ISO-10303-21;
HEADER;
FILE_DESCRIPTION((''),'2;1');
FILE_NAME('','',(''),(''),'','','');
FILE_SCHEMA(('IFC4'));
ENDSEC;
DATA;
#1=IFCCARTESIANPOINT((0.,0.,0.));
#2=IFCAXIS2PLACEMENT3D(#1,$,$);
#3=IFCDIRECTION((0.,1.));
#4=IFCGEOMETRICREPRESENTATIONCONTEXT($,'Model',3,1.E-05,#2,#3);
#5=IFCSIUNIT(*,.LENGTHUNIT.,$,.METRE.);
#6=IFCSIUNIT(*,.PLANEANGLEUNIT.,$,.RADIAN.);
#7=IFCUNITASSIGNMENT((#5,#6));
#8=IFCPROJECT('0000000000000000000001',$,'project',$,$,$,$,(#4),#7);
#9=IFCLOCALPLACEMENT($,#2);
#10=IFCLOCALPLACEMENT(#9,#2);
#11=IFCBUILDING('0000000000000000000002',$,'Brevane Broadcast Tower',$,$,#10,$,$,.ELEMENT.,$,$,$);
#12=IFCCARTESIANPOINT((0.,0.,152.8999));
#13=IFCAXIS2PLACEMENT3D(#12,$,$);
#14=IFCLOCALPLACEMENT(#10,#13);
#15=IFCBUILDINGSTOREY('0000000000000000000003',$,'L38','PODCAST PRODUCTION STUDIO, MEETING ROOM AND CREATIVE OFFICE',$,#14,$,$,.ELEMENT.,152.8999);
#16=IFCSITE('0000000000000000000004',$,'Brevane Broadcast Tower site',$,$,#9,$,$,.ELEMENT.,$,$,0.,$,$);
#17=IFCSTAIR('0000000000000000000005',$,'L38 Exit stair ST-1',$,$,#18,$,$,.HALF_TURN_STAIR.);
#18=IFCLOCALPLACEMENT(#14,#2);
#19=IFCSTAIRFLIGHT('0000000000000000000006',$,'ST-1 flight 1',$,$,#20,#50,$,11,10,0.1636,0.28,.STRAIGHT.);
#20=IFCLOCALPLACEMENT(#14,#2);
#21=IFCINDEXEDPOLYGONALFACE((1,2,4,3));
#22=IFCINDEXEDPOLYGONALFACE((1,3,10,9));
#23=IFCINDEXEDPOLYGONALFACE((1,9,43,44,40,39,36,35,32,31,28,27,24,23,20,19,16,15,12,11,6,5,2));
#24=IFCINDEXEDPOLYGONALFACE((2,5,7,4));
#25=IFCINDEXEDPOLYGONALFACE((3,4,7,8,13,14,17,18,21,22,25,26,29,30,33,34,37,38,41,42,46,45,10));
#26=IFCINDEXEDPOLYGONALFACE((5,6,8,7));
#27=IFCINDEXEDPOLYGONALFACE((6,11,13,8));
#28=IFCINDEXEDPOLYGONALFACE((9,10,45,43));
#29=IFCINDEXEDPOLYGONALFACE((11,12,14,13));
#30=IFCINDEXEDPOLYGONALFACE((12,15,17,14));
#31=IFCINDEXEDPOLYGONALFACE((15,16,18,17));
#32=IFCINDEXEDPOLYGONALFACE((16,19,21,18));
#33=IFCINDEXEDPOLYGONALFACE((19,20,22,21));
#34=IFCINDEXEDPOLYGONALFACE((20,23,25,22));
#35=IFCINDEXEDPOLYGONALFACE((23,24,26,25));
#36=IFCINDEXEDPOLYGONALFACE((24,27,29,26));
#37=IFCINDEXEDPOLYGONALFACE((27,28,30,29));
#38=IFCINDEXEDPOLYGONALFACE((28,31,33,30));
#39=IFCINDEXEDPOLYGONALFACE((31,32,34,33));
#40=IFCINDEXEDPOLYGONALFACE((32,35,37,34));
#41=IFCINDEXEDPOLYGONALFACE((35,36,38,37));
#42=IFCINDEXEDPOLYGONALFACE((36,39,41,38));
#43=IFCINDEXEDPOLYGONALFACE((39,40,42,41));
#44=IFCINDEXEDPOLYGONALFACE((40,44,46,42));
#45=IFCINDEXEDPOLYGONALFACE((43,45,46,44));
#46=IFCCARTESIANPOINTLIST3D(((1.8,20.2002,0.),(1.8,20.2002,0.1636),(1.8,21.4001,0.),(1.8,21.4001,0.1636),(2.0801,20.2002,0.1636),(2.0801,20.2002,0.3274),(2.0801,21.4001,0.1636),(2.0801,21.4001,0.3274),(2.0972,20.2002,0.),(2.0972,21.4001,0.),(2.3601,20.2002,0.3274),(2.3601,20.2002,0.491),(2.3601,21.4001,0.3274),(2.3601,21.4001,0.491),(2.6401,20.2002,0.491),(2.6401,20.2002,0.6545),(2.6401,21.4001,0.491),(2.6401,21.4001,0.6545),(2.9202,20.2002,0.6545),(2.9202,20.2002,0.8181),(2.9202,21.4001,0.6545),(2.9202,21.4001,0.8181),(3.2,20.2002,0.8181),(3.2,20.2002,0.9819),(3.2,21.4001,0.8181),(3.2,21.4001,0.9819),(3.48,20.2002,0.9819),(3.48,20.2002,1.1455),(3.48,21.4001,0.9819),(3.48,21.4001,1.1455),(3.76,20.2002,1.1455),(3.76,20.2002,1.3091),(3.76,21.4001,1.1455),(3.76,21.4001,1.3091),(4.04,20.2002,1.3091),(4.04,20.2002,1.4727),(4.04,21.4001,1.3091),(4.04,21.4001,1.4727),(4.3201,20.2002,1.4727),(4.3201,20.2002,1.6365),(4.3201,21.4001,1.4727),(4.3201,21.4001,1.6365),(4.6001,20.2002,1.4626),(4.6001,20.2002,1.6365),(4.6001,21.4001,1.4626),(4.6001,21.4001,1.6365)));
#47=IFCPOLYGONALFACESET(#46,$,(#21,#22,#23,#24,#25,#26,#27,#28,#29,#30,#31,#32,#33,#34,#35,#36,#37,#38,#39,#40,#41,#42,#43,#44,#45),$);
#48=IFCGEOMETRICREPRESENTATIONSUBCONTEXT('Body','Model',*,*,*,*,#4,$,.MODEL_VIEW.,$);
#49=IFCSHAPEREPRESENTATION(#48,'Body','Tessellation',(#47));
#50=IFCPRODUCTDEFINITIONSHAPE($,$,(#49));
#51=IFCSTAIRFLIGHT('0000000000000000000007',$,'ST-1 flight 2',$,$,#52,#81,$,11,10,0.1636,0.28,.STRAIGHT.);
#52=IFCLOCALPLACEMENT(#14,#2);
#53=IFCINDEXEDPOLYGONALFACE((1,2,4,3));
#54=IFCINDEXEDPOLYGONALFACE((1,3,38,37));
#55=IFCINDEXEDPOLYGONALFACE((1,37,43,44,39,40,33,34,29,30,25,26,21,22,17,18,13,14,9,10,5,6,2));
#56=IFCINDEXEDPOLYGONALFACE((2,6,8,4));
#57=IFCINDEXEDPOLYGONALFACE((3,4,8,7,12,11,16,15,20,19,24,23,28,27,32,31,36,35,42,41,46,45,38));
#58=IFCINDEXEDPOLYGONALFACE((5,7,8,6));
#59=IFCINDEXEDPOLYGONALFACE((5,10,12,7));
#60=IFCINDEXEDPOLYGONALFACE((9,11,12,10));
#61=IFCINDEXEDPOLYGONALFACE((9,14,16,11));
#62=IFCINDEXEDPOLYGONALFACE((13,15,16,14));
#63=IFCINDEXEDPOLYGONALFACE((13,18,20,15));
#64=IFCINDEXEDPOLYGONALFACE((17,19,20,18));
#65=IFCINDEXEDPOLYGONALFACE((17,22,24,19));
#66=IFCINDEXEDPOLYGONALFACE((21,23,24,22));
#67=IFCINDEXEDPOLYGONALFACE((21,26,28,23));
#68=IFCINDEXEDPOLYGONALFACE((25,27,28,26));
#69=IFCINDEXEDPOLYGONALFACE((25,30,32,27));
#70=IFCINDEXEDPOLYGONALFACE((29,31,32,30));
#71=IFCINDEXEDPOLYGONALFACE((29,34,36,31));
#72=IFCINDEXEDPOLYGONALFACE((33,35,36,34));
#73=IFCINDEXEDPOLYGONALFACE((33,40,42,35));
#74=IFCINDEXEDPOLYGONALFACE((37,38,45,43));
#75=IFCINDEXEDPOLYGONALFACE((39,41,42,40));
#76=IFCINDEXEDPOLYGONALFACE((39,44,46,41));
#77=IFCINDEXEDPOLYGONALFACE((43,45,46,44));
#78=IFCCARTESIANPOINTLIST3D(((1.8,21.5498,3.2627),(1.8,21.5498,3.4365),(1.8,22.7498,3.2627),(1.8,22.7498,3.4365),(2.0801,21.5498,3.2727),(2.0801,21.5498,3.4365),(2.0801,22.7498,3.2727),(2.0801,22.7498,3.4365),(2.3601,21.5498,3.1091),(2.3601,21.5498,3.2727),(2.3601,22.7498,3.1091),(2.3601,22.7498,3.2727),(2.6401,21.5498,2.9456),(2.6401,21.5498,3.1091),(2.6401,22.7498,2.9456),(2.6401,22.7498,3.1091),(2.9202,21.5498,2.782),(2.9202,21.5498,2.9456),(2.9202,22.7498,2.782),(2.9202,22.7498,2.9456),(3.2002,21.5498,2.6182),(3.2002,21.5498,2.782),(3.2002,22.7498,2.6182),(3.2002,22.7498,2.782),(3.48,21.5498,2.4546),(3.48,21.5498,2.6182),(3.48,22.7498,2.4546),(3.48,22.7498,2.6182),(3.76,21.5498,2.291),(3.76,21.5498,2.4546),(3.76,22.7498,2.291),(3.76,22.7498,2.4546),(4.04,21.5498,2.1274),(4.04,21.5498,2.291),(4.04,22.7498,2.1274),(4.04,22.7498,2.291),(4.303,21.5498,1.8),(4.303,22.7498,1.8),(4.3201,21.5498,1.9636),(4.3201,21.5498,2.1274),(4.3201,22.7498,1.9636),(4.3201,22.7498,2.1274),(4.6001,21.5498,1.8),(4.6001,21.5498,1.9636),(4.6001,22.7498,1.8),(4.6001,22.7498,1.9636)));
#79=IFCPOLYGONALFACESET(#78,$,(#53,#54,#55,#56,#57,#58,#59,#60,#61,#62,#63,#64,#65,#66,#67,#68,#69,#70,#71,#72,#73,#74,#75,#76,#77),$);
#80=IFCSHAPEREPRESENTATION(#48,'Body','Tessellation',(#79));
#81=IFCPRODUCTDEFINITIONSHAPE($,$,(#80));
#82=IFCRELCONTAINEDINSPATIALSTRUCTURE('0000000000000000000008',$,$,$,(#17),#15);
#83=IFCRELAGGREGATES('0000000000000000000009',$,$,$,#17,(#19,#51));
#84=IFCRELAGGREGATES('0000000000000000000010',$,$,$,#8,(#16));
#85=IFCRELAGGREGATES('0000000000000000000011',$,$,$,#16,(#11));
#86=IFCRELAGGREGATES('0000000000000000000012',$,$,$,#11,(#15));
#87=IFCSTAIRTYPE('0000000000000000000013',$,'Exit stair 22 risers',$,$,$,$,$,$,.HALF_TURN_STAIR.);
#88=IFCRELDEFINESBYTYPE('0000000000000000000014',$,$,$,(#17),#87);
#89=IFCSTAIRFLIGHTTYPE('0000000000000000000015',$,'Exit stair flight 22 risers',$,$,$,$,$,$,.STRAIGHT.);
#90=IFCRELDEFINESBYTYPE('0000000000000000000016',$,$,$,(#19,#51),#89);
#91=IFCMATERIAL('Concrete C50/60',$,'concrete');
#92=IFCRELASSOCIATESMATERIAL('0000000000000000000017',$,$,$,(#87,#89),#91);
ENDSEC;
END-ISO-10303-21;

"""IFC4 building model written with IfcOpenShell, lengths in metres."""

from ifc_helpers import new_model, si_unit, direction, frame, origin, place, context, subcontext, project, spatial, polyline, outline, extrude, material, type_object, element, aggregate, save


model = new_model("IFC4")

# Units and contexts
model_context = context("Model", 3, precision=1e-05, world=origin(), true_north=direction((0.0, 1.0)))
body_context = subcontext(model_context, "Body", "Model", "MODEL_VIEW")
ifc_project = project(units=[si_unit("LENGTHUNIT", "METRE"), si_unit("PLANEANGLEUNIT", "RADIAN")], contexts=[model_context])

# Site, building, storey
site_placement = place(None, origin())
site = spatial("IfcSite", under=ifc_project, at=site_placement, Name="Brevane Broadcast Tower site", CompositionType="ELEMENT", RefElevation=0.0)
building_placement = place(site_placement, origin())
building = spatial("IfcBuilding", under=site, at=building_placement, Name="Brevane Broadcast Tower", CompositionType="ELEMENT")
storey_placement = place(building_placement, frame((0.0, 0.0, 152.8999)))
storey = spatial("IfcBuildingStorey", under=building, at=storey_placement, Name="L38", Description="PODCAST PRODUCTION STUDIO, MEETING ROOM AND CREATIVE OFFICE", CompositionType="ELEMENT", Elevation=152.8999)

# Stair, stair flights
ifc_material_1 = material(Name="Concrete C50/60", Category="concrete")
stair_type = type_object("IfcStairType", Name="Exit stair 22 risers", PredefinedType="HALF_TURN_STAIR", material=ifc_material_1)
stair_placement = place(storey_placement, origin())
stair = element("IfcStair", 1, at=stair_placement, inside=storey, type_object=stair_type, Name="L38 Exit stair ST-1", PredefinedType="HALF_TURN_STAIR")
stair_flight_type = type_object("IfcStairFlightType", Name="Exit stair flight 22 risers", PredefinedType="STRAIGHT", material=ifc_material_1)
stair_flight_1_placement = place(storey_placement, frame((1.8, 20.8, 0.0), z_axis=(0.0, 0.0, 1.0), x_axis=(1.0, 0.0, 0.0)))
stair_flight_1 = element("IfcStairFlight", 2, at=stair_flight_1_placement, type_object=stair_flight_type, Name="ST-1 flight 1", NumberOfRisers=11, NumberOfTreads=10, PredefinedType="STRAIGHT", RiserHeight=0.1636, TreadLength=0.28, context=body_context, shape_type="SweptSolid", body=[
    extrude(outline(polyline([(0.0, 0.0), (0.0, 0.1636), (0.28, 0.1636), (0.28, 0.3274), (0.5601, 0.3274), (0.5601, 0.491), (0.8401, 0.491), (0.8401, 0.6545), (1.1201, 0.6545), (1.1201, 0.8181), (1.3999, 0.8181), (1.3999, 0.9819), (1.6799, 0.9819), (1.6799, 1.1455), (1.96, 1.1455), (1.96, 1.3091), (2.24, 1.3091), (2.24, 1.4727), (2.52, 1.4727), (2.52, 1.6365), (2.8, 1.6365), (2.8, 1.8), (2.8, 1.4626), (0.2971, 0.0), (0.0, 0.0)])), frame((0.0, 0.6001, 0.0), z_axis=(0.0, -1.0, 0.0), x_axis=(1.0, 0.0, 0.0)), (0.0, 0.0, 1.0), 1.2),
])
stair_flight_2_placement = place(storey_placement, frame((4.6001, 22.1499, 1.8), z_axis=(0.0, 0.0, 1.0), x_axis=(-1.0, 0.0, 0.0)))
stair_flight_2 = element("IfcStairFlight", 3, at=stair_flight_2_placement, type_object=stair_flight_type, Name="ST-1 flight 2", NumberOfRisers=11, NumberOfTreads=10, PredefinedType="STRAIGHT", RiserHeight=0.1636, TreadLength=0.28, context=body_context, shape_type="SweptSolid", body=[
    extrude(outline(polyline([(0.0, 0.0), (0.0, 0.1636), (0.28, 0.1636), (0.28, 0.3274), (0.5601, 0.3274), (0.5601, 0.491), (0.8401, 0.491), (0.8401, 0.6545), (1.1201, 0.6545), (1.1201, 0.8181), (1.3999, 0.8181), (1.3999, 0.9819), (1.6799, 0.9819), (1.6799, 1.1455), (1.96, 1.1455), (1.96, 1.3091), (2.24, 1.3091), (2.24, 1.4727), (2.52, 1.4727), (2.52, 1.6365), (2.8, 1.6365), (2.8, 1.8), (2.8, 1.4626), (0.2971, 0.0), (0.0, 0.0)])), frame((0.0, 0.6001, 0.0), z_axis=(0.0, -1.0, 0.0), x_axis=(1.0, 0.0, 0.0)), (0.0, 0.0, 1.0), 1.2),
])
aggregate(stair, [stair_flight_1, stair_flight_2])

save(model, "model.ifc")
